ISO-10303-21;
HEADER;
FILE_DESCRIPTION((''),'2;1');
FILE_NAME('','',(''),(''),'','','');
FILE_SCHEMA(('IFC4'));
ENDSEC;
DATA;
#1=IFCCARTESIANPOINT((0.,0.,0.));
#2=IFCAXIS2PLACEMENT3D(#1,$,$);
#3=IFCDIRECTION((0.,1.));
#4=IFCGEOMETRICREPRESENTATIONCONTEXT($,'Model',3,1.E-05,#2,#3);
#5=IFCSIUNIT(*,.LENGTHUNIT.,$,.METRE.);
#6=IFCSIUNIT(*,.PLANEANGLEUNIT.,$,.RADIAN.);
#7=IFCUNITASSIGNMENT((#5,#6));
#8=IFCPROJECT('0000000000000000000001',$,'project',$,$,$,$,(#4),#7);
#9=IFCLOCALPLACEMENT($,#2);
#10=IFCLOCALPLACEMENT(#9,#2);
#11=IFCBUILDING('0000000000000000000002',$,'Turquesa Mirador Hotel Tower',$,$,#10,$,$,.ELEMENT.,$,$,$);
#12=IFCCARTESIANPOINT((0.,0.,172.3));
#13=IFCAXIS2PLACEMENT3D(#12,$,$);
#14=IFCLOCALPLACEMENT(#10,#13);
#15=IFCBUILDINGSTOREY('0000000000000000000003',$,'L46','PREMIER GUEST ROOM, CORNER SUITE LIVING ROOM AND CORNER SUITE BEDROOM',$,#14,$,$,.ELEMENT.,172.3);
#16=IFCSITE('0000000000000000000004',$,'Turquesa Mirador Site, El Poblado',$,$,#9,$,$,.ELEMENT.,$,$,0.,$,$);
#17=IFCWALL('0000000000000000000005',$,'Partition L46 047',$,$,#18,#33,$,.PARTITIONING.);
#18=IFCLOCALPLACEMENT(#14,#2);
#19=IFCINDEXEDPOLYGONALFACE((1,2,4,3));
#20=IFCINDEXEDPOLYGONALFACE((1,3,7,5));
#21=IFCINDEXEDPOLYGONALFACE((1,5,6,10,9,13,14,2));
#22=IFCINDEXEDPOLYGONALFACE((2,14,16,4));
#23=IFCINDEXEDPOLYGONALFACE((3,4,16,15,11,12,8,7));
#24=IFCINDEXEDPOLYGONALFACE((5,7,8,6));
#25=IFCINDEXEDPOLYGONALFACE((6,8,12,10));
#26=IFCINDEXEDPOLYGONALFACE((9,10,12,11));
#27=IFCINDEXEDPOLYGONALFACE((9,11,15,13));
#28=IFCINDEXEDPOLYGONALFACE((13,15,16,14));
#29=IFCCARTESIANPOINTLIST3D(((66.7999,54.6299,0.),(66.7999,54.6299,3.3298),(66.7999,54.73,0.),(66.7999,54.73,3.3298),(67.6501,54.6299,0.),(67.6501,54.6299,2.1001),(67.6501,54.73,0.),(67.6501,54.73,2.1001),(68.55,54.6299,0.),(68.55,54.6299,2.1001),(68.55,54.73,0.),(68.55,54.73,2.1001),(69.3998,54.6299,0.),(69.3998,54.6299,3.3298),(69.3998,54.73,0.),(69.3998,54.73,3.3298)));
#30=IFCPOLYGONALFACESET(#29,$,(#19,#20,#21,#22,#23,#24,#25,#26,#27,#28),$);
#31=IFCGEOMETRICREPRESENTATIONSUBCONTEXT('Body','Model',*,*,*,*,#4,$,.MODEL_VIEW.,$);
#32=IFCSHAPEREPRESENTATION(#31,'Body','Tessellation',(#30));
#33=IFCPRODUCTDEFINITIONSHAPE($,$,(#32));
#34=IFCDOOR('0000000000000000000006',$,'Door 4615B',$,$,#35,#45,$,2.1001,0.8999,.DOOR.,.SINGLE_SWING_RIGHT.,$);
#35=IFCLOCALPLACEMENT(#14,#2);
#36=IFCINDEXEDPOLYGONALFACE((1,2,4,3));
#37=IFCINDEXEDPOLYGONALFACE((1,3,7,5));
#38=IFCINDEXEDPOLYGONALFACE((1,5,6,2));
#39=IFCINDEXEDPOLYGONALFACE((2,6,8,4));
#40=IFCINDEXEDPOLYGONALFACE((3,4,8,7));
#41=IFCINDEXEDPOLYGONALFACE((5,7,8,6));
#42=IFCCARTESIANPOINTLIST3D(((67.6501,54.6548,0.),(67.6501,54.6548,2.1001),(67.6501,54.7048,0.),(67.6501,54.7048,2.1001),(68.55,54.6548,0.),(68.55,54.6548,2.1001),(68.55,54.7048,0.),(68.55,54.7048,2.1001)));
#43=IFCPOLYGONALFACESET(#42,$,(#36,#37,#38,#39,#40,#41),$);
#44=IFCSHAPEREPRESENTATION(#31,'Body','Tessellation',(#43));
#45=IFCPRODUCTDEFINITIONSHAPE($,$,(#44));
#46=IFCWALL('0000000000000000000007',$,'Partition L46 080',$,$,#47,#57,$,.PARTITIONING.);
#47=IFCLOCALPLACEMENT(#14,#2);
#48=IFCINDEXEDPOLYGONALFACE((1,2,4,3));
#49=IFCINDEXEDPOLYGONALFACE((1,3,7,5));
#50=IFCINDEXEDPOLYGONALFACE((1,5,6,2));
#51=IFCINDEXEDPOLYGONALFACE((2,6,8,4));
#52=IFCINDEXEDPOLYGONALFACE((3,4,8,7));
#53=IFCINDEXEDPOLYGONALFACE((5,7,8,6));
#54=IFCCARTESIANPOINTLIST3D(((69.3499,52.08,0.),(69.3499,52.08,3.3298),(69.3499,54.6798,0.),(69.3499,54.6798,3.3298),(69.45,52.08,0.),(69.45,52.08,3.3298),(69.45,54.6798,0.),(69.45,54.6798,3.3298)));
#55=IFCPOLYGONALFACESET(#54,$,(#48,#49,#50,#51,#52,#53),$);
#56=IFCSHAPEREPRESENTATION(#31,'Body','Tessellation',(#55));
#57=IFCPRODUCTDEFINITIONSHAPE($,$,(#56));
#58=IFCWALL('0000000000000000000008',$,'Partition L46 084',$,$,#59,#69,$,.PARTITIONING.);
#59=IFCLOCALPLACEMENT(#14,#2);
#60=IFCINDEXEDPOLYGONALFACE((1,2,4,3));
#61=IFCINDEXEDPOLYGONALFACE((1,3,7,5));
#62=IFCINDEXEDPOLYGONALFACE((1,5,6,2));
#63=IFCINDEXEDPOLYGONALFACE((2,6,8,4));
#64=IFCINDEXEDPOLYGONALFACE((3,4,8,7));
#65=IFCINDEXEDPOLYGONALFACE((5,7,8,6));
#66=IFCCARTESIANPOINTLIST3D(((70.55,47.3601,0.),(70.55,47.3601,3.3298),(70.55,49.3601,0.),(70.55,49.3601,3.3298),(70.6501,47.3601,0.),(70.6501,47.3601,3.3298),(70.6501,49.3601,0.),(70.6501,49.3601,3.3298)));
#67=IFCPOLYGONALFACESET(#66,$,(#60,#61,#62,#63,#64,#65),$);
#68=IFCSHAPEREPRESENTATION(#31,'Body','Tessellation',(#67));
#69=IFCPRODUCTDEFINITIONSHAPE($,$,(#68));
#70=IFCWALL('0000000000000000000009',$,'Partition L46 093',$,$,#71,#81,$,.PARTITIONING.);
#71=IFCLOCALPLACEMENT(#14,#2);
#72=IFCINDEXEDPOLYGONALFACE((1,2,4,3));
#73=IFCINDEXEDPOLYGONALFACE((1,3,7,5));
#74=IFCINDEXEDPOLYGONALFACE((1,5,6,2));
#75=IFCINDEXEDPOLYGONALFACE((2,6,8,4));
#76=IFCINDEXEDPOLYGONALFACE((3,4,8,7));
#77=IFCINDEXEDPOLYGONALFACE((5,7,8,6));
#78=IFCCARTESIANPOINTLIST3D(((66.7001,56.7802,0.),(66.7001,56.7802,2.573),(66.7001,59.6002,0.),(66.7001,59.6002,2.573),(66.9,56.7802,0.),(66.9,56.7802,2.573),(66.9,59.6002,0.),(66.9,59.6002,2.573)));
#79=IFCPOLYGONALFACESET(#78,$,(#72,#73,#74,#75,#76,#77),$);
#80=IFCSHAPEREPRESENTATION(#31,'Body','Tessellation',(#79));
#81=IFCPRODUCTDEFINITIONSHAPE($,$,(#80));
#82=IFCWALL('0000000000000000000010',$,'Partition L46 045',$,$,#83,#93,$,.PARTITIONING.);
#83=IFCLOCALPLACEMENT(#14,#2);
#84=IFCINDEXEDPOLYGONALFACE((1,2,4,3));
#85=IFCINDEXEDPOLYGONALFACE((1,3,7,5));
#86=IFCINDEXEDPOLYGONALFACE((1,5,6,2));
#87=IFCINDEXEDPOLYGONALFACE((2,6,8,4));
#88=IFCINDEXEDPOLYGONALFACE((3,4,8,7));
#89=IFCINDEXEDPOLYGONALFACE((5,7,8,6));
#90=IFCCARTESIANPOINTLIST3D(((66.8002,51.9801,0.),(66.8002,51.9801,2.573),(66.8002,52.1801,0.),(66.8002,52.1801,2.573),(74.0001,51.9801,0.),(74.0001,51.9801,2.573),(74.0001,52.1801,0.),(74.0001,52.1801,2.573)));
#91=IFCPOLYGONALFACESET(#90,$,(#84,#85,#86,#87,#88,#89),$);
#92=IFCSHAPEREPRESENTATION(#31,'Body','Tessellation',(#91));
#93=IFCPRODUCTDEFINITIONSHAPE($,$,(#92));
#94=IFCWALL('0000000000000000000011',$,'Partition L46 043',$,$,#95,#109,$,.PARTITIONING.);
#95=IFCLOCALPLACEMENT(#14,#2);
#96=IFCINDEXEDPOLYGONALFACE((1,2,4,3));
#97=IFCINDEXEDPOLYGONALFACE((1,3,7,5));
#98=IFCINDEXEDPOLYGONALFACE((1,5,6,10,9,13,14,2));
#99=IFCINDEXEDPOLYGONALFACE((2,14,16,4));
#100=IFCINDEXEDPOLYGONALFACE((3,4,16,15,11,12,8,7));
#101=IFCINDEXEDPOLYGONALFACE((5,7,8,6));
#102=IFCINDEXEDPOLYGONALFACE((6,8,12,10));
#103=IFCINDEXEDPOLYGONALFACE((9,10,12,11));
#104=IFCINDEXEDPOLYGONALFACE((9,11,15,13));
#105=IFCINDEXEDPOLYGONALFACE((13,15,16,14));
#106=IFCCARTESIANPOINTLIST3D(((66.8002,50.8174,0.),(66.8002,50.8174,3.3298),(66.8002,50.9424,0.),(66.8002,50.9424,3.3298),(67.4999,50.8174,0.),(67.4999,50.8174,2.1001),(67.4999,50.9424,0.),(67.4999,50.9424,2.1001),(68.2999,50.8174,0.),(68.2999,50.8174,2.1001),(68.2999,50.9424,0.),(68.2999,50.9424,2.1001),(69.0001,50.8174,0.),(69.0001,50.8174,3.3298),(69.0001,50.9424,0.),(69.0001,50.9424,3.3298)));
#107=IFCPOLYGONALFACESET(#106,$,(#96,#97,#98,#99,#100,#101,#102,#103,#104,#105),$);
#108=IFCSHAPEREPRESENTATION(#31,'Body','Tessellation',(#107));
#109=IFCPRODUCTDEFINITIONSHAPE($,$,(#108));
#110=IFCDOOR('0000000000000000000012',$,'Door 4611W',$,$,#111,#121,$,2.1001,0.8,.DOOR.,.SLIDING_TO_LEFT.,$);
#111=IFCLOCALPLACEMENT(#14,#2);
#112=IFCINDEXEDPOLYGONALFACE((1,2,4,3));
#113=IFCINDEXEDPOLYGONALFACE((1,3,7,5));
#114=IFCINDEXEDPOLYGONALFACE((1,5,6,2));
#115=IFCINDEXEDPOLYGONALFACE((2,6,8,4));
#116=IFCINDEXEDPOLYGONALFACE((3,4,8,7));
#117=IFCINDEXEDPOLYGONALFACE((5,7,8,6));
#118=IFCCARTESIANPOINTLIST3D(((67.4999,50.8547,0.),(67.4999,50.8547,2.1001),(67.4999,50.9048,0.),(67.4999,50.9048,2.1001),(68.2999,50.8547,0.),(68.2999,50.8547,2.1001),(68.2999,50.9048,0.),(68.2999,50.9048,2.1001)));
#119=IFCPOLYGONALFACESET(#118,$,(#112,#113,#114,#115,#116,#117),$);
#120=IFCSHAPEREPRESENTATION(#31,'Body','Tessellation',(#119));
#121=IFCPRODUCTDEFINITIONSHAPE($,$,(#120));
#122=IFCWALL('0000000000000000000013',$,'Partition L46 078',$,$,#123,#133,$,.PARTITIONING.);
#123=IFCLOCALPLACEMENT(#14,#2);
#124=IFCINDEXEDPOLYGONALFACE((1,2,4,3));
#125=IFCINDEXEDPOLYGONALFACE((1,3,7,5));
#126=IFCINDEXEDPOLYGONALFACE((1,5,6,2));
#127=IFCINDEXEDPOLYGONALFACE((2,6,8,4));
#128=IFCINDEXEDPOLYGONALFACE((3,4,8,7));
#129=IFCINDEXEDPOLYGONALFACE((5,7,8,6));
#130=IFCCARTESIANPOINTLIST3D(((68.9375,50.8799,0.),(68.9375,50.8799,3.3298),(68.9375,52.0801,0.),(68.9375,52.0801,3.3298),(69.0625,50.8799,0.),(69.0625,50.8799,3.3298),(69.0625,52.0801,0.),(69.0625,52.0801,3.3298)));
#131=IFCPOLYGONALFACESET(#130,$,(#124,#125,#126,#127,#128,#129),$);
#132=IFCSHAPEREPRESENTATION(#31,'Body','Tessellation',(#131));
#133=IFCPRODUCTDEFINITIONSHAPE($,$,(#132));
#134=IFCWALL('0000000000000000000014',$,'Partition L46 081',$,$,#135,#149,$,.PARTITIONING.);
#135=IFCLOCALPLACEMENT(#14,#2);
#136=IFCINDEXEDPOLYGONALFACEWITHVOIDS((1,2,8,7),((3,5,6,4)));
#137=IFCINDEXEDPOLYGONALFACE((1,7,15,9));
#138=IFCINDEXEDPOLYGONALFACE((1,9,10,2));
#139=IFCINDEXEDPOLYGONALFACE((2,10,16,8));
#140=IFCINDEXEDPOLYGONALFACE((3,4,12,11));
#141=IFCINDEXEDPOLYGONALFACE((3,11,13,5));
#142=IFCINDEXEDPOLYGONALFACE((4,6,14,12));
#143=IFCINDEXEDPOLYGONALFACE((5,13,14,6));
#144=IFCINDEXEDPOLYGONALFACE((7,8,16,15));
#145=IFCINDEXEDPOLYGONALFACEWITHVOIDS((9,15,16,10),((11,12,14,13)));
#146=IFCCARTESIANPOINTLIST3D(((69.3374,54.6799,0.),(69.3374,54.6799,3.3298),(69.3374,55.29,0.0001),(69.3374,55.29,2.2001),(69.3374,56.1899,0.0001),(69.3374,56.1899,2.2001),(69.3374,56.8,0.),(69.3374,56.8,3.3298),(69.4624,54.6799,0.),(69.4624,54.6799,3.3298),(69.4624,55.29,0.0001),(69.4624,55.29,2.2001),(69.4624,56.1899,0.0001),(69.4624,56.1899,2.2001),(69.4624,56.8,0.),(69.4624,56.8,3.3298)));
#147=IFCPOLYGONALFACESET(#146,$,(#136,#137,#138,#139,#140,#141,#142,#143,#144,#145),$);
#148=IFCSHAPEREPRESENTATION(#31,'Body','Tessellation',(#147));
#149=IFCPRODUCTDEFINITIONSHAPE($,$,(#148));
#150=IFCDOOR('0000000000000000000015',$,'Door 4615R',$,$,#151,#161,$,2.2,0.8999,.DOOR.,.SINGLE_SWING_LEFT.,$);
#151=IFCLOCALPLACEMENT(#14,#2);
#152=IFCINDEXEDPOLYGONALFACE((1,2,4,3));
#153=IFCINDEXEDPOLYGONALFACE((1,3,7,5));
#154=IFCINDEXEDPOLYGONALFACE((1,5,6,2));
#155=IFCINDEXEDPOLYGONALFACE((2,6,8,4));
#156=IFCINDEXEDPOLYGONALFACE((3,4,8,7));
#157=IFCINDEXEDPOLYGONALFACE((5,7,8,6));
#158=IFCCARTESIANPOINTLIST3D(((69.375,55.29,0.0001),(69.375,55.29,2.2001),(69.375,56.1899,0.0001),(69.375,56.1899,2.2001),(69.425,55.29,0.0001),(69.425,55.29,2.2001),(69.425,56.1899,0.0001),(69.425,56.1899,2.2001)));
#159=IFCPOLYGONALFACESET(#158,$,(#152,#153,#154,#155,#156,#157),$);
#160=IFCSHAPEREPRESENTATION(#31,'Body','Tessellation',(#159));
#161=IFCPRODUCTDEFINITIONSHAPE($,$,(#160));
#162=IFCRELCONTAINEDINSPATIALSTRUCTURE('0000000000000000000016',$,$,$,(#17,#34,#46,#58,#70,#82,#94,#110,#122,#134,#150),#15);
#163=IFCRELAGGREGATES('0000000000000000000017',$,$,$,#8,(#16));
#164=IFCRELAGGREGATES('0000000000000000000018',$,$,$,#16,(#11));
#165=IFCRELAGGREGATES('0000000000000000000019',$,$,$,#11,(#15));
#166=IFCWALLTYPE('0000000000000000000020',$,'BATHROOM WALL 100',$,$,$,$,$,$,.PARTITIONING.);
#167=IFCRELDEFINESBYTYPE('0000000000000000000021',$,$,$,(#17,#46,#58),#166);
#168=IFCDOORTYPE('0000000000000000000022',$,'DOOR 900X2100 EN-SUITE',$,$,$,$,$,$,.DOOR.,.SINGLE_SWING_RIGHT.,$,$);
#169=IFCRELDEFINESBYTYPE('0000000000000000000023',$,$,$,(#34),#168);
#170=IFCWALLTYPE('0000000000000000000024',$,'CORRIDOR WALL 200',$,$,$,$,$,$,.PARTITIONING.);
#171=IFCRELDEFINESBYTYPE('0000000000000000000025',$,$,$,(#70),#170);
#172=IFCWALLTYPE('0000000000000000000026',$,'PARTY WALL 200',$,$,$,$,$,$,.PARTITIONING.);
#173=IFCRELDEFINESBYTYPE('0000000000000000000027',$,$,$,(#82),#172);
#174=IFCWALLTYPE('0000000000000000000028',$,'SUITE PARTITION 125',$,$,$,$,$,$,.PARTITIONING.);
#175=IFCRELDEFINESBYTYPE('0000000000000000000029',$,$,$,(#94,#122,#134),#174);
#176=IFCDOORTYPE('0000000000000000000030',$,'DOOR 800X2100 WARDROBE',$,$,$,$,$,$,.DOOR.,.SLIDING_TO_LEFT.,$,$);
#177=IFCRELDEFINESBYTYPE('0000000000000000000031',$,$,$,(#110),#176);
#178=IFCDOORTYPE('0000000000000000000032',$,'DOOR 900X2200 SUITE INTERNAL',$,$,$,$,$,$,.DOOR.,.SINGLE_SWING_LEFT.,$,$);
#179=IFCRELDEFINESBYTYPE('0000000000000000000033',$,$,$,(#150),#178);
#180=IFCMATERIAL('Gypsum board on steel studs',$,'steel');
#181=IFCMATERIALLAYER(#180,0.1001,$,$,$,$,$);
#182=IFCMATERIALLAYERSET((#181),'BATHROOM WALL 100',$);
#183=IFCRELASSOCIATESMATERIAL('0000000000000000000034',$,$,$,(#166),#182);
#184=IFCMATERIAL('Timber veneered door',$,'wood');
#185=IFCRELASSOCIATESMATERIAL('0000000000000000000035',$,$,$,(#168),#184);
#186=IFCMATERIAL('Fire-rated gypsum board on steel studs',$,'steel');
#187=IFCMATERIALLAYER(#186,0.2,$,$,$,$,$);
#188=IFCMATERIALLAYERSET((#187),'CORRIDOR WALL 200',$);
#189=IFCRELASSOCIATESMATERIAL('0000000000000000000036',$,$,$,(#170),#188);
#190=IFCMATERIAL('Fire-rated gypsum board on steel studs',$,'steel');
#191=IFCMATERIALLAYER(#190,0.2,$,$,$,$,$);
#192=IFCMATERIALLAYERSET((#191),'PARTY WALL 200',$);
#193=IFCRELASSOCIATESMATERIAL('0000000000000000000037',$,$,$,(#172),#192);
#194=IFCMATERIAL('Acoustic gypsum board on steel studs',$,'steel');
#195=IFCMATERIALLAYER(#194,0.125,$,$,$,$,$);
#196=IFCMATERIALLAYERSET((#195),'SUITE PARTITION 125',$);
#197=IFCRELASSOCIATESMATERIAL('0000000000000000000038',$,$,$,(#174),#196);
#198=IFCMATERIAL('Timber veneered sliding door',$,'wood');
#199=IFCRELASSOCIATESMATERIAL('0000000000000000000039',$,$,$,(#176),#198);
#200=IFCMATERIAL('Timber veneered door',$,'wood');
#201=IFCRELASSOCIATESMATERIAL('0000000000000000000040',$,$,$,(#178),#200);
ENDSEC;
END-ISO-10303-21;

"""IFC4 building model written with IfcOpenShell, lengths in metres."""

from ifc_helpers import new_model, si_unit, direction, frame, frame_2d, origin, place, context, subcontext, project, spatial, rectangle, extrude, material, layer, layer_set, type_object, element, fill, save


model = new_model("IFC4")

# Units and contexts
model_context = context("Model", 3, precision=1e-05, world=origin(), true_north=direction((0.0, 1.0)))
body_context = subcontext(model_context, "Body", "Model", "MODEL_VIEW")
ifc_project = project(units=[si_unit("LENGTHUNIT", "METRE"), si_unit("PLANEANGLEUNIT", "RADIAN")], contexts=[model_context])

# Site, building, storey
site_placement = place(None, origin())
site = spatial("IfcSite", under=ifc_project, at=site_placement, Name="Turquesa Mirador Site, El Poblado", CompositionType="ELEMENT", RefElevation=0.0)
building_placement = place(site_placement, origin())
building = spatial("IfcBuilding", under=site, at=building_placement, Name="Turquesa Mirador Hotel Tower", CompositionType="ELEMENT")
storey_placement = place(building_placement, frame((0.0, 0.0, 172.3)))
storey = spatial("IfcBuildingStorey", under=building, at=storey_placement, Name="L46", Description="PREMIER GUEST ROOM, CORNER SUITE LIVING ROOM AND CORNER SUITE BEDROOM", CompositionType="ELEMENT", Elevation=172.3)

# Wall, opening, door
ifc_material_1 = material(Name="Gypsum board on steel studs", Category="steel")
ifc_layer_1 = layer(ifc_material_1, 0.1001)
ifc_layer_set_1 = layer_set([ifc_layer_1], Name="BATHROOM WALL 100")
wall_type_1 = type_object("IfcWallType", Name="BATHROOM WALL 100", PredefinedType="PARTITIONING", material=ifc_layer_set_1)
ifc_material_2 = material(Name="Timber veneered door", Category="wood")
door_type_1 = type_object("IfcDoorType", Name="DOOR 900X2100 EN-SUITE", OperationType="SINGLE_SWING_RIGHT", PredefinedType="DOOR", material=ifc_material_2)
wall_1_placement = place(storey_placement, frame((66.8, 54.6799, 0.0), z_axis=(0.0, 0.0, 1.0), x_axis=(1.0, 0.0, 0.0)))
wall_1 = element("IfcWall", 1, at=wall_1_placement, inside=storey, type_object=wall_type_1, Name="Partition L46 047", PredefinedType="PARTITIONING", context=body_context, shape_type="SweptSolid", body=[
    extrude(rectangle(XDim=2.5999, YDim=0.1001, at=frame_2d((1.2998, 0.0))), origin(), (0.0, 0.0, 1.0), 3.3298),
])
opening_1_placement = place(wall_1_placement, frame((0.8501, 0.0, 0.0)))
opening_1 = element("IfcOpeningElement", 2, at=opening_1_placement, cuts=wall_1, PredefinedType="OPENING", context=body_context, shape_type="SweptSolid", body=[
    extrude(rectangle(XDim=0.8999, YDim=2.1001, at=frame_2d((0.45, 1.05))), frame((0.0, 0.0601, 0.0), z_axis=(0.0, -1.0, 0.0), x_axis=(1.0, 0.0, 0.0)), (0.0, 0.0, 1.0), 0.1201),
])
door_1_placement = place(opening_1_placement, origin())
door_1 = element("IfcDoor", 3, at=door_1_placement, inside=storey, type_object=door_type_1, Name="Door 4615B", OperationType="SINGLE_SWING_RIGHT", OverallHeight=2.1001, OverallWidth=0.8999, PredefinedType="DOOR", context=body_context, shape_type="SweptSolid", body=[
    extrude(rectangle(XDim=0.8999, YDim=2.1001, at=frame_2d((0.45, 1.05))), frame((0.0, 0.0249, 0.0), z_axis=(0.0, -1.0, 0.0), x_axis=(1.0, 0.0, 0.0)), (0.0, 0.0, 1.0), 0.05),
])
fill(opening_1, door_1)

# Walls
wall_2_placement = place(storey_placement, frame((69.3999, 52.0801, 0.0), z_axis=(0.0, 0.0, 1.0), x_axis=(0.0, 1.0, 0.0)))
element("IfcWall", 4, at=wall_2_placement, inside=storey, type_object=wall_type_1, Name="Partition L46 080", PredefinedType="PARTITIONING", context=body_context, shape_type="SweptSolid", body=[
    extrude(rectangle(XDim=2.5999, YDim=0.1001, at=frame_2d((1.2998, 0.0))), origin(), (0.0, 0.0, 1.0), 3.3298),
])
wall_3_placement = place(storey_placement, frame((70.6001, 47.3601, 0.0), z_axis=(0.0, 0.0, 1.0), x_axis=(0.0, 1.0, 0.0)))
element("IfcWall", 5, at=wall_3_placement, inside=storey, type_object=wall_type_1, Name="Partition L46 084", PredefinedType="PARTITIONING", context=body_context, shape_type="SweptSolid", body=[
    extrude(rectangle(XDim=2.0, YDim=0.1001, at=frame_2d((1.0, 0.0))), origin(), (0.0, 0.0, 1.0), 3.3298),
])
ifc_material_3 = material(Name="Fire-rated gypsum board on steel studs", Category="steel")
ifc_layer_2 = layer(ifc_material_3, 0.2)
ifc_layer_set_2 = layer_set([ifc_layer_2], Name="CORRIDOR WALL 200")
wall_type_2 = type_object("IfcWallType", Name="CORRIDOR WALL 200", PredefinedType="PARTITIONING", material=ifc_layer_set_2)
wall_4_placement = place(storey_placement, frame((66.8, 56.78, 0.0), z_axis=(0.0, 0.0, 1.0), x_axis=(0.0, 1.0, 0.0)))
element("IfcWall", 6, at=wall_4_placement, inside=storey, type_object=wall_type_2, Name="Partition L46 093", PredefinedType="PARTITIONING", context=body_context, shape_type="SweptSolid", body=[
    extrude(rectangle(XDim=2.8201, YDim=0.2, at=frame_2d((1.4102, 0.0))), origin(), (0.0, 0.0, 1.0), 2.573),
])
ifc_material_4 = material(Name="Fire-rated gypsum board on steel studs", Category="steel")
ifc_layer_3 = layer(ifc_material_4, 0.2)
ifc_layer_set_3 = layer_set([ifc_layer_3], Name="PARTY WALL 200")
wall_type_3 = type_object("IfcWallType", Name="PARTY WALL 200", PredefinedType="PARTITIONING", material=ifc_layer_set_3)
wall_5_placement = place(storey_placement, frame((66.8, 52.0801, 0.0), z_axis=(0.0, 0.0, 1.0), x_axis=(1.0, 0.0, 0.0)))
element("IfcWall", 7, at=wall_5_placement, inside=storey, type_object=wall_type_3, Name="Partition L46 045", PredefinedType="PARTITIONING", context=body_context, shape_type="SweptSolid", body=[
    extrude(rectangle(XDim=7.2, YDim=0.2, at=frame_2d((3.6001, 0.0))), origin(), (0.0, 0.0, 1.0), 2.573),
])

# Wall, opening, door
ifc_material_5 = material(Name="Acoustic gypsum board on steel studs", Category="steel")
ifc_layer_4 = layer(ifc_material_5, 0.125)
ifc_layer_set_4 = layer_set([ifc_layer_4], Name="SUITE PARTITION 125")
wall_type_4 = type_object("IfcWallType", Name="SUITE PARTITION 125", PredefinedType="PARTITIONING", material=ifc_layer_set_4)
wall_6_placement = place(storey_placement, frame((66.8, 50.8799, 0.0), z_axis=(0.0, 0.0, 1.0), x_axis=(1.0, 0.0, 0.0)))
wall_6 = element("IfcWall", 8, at=wall_6_placement, inside=storey, type_object=wall_type_4, Name="Partition L46 043", PredefinedType="PARTITIONING", context=body_context, shape_type="SweptSolid", body=[
    extrude(rectangle(XDim=2.2, YDim=0.125, at=frame_2d((1.1001, 0.0))), origin(), (0.0, 0.0, 1.0), 3.3298),
])
opening_2_placement = place(wall_6_placement, frame((0.7, 0.0, 0.0)))
opening_2 = element("IfcOpeningElement", 9, at=opening_2_placement, cuts=wall_6, PredefinedType="OPENING", context=body_context, shape_type="SweptSolid", body=[
    extrude(rectangle(XDim=0.8, YDim=2.1001, at=frame_2d((0.3999, 1.05))), frame((0.0, 0.0725, 0.0), z_axis=(0.0, -1.0, 0.0), x_axis=(1.0, 0.0, 0.0)), (0.0, 0.0, 1.0), 0.145),
])
ifc_material_6 = material(Name="Timber veneered sliding door", Category="wood")
door_type_2 = type_object("IfcDoorType", Name="DOOR 800X2100 WARDROBE", OperationType="SLIDING_TO_LEFT", PredefinedType="DOOR", material=ifc_material_6)
door_2_placement = place(opening_2_placement, origin())
door_2 = element("IfcDoor", 10, at=door_2_placement, inside=storey, type_object=door_type_2, Name="Door 4611W", OperationType="SLIDING_TO_LEFT", OverallHeight=2.1001, OverallWidth=0.8, PredefinedType="DOOR", context=body_context, shape_type="SweptSolid", body=[
    extrude(rectangle(XDim=0.8, YDim=2.1001, at=frame_2d((0.3999, 1.05))), frame((0.0, 0.0249, 0.0), z_axis=(0.0, -1.0, 0.0), x_axis=(1.0, 0.0, 0.0)), (0.0, 0.0, 1.0), 0.05),
])
fill(opening_2, door_2)

# Wall
wall_7_placement = place(storey_placement, frame((69.0, 50.8799, 0.0), z_axis=(0.0, 0.0, 1.0), x_axis=(0.0, 1.0, 0.0)))
element("IfcWall", 11, at=wall_7_placement, inside=storey, type_object=wall_type_4, Name="Partition L46 078", PredefinedType="PARTITIONING", context=body_context, shape_type="SweptSolid", body=[
    extrude(rectangle(XDim=1.2002, YDim=0.125, at=frame_2d((0.6001, 0.0))), origin(), (0.0, 0.0, 1.0), 3.3298),
])

# Wall, opening, door
wall_8_placement = place(storey_placement, frame((69.3999, 54.6799, 0.0), z_axis=(0.0, 0.0, 1.0), x_axis=(0.0, 1.0, 0.0)))
wall_8 = element("IfcWall", 12, at=wall_8_placement, inside=storey, type_object=wall_type_4, Name="Partition L46 081", PredefinedType="PARTITIONING", context=body_context, shape_type="SweptSolid", body=[
    extrude(rectangle(XDim=2.1201, YDim=0.125, at=frame_2d((1.0601, 0.0))), origin(), (0.0, 0.0, 1.0), 3.3298),
])
opening_3_placement = place(wall_8_placement, frame((0.6101, 0.0, 0.0)))
opening_3 = element("IfcOpeningElement", 13, at=opening_3_placement, cuts=wall_8, PredefinedType="OPENING", context=body_context, shape_type="SweptSolid", body=[
    extrude(rectangle(XDim=0.8999, YDim=2.2, at=frame_2d((0.45, 1.1001))), frame((0.0, 0.0725, 0.0), z_axis=(0.0, -1.0, 0.0), x_axis=(1.0, 0.0, 0.0)), (0.0, 0.0, 1.0), 0.145),
])
ifc_material_7 = material(Name="Timber veneered door", Category="wood")
door_type_3 = type_object("IfcDoorType", Name="DOOR 900X2200 SUITE INTERNAL", OperationType="SINGLE_SWING_LEFT", PredefinedType="DOOR", material=ifc_material_7)
door_3_placement = place(opening_3_placement, origin())
door_3 = element("IfcDoor", 14, at=door_3_placement, inside=storey, type_object=door_type_3, Name="Door 4615R", OperationType="SINGLE_SWING_LEFT", OverallHeight=2.2, OverallWidth=0.8999, PredefinedType="DOOR", context=body_context, shape_type="SweptSolid", body=[
    extrude(rectangle(XDim=0.8999, YDim=2.2, at=frame_2d((0.45, 1.1001))), frame((0.0, 0.0249, 0.0), z_axis=(0.0, -1.0, 0.0), x_axis=(1.0, 0.0, 0.0)), (0.0, 0.0, 1.0), 0.05),
])
fill(opening_3, door_3)

save(model, "model.ifc")
